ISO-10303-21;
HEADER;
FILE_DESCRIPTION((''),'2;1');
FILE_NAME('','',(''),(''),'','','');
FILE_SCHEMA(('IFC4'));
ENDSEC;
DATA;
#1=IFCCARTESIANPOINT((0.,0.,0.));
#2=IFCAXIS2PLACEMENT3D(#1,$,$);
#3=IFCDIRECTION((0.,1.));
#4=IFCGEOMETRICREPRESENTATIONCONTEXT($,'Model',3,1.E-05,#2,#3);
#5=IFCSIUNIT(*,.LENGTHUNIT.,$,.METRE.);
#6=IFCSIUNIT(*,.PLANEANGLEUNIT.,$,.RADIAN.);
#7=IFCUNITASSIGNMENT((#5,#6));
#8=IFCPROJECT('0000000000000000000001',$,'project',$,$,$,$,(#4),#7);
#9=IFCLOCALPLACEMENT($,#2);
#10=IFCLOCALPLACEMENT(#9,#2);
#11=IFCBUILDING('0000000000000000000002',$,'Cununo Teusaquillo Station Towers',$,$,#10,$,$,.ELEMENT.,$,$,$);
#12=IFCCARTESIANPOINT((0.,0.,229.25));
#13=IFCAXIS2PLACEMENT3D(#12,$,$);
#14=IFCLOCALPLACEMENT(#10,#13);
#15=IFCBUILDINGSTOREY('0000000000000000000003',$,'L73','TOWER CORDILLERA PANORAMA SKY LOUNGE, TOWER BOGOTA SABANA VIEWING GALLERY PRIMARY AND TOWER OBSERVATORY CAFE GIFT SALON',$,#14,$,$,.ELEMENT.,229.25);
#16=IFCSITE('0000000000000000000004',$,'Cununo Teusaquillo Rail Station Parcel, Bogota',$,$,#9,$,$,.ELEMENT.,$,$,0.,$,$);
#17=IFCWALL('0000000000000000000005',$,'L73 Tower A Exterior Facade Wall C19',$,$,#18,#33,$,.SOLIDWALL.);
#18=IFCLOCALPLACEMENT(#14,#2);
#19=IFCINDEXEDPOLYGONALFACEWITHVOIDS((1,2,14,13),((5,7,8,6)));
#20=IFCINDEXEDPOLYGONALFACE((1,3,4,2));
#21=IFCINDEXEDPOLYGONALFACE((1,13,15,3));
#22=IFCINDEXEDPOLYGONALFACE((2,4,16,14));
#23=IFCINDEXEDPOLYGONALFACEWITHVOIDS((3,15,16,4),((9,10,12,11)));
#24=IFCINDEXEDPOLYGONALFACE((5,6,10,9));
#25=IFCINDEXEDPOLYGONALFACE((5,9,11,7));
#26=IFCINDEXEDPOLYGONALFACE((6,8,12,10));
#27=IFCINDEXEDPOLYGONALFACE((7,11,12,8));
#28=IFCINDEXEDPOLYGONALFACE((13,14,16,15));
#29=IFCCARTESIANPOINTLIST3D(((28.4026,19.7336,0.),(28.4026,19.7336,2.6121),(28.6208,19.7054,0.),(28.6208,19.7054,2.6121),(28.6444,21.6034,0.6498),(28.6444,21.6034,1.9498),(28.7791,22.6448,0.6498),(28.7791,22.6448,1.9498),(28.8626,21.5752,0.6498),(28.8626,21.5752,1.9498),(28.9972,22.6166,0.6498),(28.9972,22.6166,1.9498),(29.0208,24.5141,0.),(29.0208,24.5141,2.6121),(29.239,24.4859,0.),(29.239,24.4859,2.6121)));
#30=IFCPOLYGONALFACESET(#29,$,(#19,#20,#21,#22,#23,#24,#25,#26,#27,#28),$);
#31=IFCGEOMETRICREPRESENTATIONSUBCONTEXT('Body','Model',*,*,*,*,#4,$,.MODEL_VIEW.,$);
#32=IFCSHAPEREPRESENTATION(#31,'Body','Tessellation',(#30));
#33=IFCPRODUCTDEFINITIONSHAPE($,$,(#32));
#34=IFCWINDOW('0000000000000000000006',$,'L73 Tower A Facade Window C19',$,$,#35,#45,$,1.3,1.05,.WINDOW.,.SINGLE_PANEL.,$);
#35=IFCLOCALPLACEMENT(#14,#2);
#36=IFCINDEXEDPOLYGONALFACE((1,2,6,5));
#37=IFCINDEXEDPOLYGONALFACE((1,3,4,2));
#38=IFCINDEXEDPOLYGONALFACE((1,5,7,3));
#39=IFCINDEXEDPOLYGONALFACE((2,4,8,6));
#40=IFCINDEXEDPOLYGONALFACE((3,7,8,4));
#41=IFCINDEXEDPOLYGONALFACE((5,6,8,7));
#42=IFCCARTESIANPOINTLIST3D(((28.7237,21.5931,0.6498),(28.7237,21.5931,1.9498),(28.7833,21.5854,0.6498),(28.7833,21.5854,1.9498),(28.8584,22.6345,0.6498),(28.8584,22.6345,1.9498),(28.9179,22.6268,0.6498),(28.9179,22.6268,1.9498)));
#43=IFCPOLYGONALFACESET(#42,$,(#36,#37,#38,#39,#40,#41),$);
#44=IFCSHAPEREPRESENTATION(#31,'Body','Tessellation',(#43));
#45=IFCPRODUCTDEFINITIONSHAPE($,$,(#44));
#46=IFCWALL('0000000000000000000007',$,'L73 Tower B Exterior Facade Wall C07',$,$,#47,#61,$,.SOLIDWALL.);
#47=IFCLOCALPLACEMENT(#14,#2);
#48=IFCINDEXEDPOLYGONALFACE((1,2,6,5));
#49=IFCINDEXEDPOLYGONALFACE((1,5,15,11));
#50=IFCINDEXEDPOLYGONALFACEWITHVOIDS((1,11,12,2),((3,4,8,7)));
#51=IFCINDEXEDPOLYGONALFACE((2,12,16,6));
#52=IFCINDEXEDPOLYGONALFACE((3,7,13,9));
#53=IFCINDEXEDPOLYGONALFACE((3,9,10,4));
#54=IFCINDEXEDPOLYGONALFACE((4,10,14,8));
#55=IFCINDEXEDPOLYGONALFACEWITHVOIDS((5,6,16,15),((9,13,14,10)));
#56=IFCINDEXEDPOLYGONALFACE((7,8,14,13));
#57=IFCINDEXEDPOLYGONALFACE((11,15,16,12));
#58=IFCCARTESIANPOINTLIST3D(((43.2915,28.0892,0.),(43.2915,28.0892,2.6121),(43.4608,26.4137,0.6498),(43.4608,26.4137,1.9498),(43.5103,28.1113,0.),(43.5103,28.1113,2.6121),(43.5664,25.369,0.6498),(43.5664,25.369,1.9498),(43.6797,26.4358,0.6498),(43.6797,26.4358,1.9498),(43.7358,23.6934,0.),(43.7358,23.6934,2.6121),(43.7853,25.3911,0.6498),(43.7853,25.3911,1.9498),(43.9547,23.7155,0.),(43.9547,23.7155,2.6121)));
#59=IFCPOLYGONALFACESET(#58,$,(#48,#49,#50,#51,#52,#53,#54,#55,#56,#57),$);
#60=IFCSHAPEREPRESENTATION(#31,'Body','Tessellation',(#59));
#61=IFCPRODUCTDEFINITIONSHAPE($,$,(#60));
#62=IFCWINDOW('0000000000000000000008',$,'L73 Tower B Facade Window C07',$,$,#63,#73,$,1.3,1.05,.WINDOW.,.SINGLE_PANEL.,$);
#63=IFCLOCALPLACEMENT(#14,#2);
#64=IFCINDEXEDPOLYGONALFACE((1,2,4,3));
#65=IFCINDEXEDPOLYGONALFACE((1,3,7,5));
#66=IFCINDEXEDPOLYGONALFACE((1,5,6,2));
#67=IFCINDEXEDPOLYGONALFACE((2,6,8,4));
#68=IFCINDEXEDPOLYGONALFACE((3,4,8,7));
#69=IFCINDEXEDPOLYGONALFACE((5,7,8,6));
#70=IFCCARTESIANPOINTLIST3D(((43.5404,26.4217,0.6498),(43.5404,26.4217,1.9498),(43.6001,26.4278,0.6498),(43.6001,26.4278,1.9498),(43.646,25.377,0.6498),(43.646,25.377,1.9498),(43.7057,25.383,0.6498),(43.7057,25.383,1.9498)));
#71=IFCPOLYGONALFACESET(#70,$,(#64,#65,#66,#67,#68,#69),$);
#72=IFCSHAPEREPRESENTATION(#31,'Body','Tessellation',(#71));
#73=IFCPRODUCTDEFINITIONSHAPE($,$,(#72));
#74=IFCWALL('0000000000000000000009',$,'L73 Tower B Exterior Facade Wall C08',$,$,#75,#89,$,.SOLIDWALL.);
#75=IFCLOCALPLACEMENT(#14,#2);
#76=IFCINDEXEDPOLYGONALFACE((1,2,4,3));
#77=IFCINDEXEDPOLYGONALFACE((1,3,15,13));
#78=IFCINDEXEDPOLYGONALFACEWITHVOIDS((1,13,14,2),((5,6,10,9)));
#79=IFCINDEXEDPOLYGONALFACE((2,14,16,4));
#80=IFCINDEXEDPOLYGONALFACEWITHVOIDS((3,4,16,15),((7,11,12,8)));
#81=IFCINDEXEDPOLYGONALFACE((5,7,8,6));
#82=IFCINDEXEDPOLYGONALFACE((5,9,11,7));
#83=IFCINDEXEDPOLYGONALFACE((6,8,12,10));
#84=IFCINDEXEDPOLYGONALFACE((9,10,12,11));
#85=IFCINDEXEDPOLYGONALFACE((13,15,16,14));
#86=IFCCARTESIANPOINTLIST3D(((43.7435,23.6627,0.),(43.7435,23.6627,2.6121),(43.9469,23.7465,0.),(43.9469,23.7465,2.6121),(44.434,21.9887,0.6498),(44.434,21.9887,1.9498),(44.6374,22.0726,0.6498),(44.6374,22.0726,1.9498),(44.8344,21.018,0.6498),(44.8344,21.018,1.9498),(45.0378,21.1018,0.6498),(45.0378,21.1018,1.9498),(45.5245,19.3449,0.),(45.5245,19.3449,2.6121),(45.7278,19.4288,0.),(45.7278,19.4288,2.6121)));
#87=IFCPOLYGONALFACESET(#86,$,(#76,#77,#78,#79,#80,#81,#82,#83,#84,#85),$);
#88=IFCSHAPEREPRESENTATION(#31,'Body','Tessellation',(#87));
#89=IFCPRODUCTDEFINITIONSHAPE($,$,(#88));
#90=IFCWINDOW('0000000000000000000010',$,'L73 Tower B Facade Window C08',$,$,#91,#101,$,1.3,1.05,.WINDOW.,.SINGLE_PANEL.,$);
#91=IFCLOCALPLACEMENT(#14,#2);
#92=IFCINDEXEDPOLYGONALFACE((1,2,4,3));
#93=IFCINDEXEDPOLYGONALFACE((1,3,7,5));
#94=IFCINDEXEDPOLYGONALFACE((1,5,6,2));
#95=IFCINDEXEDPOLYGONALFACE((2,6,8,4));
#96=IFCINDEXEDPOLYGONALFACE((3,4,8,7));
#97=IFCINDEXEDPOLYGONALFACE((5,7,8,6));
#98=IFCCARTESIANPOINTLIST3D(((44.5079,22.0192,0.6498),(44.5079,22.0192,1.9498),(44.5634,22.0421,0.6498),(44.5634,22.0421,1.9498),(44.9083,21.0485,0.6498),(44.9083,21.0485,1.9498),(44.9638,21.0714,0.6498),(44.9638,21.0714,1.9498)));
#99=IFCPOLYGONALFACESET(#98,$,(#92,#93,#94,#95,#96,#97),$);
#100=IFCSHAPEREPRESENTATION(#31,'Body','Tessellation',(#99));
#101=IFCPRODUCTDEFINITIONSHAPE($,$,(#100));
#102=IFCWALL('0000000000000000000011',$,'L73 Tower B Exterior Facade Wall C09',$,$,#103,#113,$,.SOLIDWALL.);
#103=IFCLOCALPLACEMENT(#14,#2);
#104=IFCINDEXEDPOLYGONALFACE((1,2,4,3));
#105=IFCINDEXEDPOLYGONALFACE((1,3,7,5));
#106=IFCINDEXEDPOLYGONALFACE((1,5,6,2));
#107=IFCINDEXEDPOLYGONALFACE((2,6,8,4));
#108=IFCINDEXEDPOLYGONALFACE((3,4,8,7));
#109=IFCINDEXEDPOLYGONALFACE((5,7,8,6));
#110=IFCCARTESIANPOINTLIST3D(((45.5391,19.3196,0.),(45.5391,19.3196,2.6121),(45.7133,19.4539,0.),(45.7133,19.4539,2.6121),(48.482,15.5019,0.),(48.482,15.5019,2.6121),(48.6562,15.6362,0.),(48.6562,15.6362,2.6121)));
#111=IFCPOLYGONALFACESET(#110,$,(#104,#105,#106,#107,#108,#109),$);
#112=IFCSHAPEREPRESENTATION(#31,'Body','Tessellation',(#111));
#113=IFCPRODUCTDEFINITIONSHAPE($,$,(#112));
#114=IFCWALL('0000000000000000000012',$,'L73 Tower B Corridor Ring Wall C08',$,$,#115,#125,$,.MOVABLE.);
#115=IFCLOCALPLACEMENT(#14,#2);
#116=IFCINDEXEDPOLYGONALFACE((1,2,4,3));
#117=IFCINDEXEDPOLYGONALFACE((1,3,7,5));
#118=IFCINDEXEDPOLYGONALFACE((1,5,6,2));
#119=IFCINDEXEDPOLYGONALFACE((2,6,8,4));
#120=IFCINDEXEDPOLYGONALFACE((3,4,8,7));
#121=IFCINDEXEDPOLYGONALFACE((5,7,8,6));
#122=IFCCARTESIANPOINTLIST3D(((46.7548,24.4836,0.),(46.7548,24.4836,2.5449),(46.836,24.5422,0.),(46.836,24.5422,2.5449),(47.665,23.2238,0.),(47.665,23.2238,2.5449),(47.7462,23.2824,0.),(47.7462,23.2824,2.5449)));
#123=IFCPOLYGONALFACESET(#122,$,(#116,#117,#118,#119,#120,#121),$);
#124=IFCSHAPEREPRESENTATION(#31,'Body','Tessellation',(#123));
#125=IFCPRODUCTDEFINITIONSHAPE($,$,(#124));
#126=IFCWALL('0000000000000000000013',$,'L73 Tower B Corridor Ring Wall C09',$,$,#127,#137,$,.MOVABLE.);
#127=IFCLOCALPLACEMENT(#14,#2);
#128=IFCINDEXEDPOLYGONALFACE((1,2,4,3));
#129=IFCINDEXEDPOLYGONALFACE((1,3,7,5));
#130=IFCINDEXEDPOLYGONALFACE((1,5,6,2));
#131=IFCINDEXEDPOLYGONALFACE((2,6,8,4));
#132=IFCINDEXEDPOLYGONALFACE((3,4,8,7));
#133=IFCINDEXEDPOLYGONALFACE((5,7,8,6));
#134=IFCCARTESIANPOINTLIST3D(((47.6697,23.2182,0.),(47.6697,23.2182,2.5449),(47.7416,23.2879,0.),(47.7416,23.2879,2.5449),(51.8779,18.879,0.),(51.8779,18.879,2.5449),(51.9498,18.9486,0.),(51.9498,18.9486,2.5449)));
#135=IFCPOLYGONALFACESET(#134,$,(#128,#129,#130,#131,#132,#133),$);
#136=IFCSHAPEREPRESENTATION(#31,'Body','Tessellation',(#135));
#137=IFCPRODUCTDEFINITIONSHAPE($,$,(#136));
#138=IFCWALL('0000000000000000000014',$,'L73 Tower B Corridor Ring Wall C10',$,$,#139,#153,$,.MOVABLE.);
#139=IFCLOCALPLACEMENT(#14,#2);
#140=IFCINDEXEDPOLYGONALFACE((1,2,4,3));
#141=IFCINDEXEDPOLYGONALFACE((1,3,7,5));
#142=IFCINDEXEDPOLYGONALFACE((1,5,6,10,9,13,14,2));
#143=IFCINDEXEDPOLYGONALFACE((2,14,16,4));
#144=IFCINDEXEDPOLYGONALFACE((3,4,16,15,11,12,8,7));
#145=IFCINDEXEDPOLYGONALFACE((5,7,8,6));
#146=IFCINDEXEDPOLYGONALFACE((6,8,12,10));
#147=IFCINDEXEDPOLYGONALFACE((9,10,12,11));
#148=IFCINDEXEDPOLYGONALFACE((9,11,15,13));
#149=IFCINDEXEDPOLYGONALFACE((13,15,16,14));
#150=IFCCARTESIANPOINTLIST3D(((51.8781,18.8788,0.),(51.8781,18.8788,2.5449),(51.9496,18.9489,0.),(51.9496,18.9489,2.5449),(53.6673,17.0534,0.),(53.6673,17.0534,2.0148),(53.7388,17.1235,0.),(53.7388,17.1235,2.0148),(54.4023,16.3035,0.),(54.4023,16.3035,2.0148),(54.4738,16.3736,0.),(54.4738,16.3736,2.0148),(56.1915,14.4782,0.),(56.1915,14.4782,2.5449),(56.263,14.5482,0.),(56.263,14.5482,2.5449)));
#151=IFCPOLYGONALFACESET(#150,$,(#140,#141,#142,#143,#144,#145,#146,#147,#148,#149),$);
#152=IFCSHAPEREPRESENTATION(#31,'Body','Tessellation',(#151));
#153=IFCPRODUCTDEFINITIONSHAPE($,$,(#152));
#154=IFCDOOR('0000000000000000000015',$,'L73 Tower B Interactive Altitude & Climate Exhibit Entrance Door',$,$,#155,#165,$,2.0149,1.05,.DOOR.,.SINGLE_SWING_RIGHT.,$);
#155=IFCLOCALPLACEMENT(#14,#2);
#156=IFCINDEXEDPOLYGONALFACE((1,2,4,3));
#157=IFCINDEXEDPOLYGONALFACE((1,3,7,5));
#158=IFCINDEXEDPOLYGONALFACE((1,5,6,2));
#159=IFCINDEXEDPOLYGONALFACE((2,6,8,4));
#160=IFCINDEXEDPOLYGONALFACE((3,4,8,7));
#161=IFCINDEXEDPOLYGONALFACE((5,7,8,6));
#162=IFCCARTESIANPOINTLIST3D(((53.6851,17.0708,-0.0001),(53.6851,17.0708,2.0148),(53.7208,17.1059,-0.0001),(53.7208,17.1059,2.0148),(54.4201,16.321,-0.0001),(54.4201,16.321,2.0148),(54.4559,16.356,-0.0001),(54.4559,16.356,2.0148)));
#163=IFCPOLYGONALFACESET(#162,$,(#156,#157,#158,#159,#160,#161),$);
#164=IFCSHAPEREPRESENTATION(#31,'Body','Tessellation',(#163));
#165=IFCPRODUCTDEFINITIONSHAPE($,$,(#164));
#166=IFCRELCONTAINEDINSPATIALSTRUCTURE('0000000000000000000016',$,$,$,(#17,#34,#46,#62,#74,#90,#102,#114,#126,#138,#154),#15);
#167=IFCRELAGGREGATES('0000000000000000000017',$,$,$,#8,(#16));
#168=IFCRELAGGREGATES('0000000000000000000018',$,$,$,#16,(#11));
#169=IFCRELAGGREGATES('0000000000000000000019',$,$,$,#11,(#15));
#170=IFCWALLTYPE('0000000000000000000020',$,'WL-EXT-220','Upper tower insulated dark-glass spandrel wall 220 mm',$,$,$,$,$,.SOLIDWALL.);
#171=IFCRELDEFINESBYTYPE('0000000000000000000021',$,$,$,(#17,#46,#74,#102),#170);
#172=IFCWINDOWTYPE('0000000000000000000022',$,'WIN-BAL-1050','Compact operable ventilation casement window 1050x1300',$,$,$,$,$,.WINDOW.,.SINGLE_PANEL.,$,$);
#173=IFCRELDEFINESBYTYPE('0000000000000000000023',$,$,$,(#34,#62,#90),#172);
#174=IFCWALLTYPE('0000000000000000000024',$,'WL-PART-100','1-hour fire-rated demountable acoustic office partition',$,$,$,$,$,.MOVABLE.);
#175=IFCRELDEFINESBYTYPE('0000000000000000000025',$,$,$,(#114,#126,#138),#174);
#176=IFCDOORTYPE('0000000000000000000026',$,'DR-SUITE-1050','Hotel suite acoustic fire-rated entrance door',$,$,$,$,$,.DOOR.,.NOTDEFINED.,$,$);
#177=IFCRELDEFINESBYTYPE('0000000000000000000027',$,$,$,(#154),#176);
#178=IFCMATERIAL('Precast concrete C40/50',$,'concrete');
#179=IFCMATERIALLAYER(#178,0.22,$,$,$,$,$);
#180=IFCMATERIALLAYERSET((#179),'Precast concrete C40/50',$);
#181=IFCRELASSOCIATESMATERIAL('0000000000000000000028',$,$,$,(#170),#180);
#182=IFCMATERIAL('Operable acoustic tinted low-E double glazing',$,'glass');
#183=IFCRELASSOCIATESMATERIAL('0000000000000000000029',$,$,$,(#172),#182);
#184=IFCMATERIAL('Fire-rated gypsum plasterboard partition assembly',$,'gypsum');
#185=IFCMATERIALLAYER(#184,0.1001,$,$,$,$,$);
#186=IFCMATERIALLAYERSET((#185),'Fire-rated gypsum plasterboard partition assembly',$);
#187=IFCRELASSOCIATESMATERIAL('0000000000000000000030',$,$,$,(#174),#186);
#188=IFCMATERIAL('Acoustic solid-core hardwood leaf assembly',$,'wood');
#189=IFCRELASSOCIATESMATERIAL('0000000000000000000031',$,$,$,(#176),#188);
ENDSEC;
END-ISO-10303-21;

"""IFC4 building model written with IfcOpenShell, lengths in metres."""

from ifc_helpers import new_model, si_unit, direction, frame, frame_2d, origin, place, context, subcontext, project, spatial, rectangle, extrude, source, transform, mapped, material, layer, layer_set, type_object, element, fill, save


model = new_model("IFC4")

# Units and contexts
model_context = context("Model", 3, precision=1e-05, world=origin(), true_north=direction((0.0, 1.0)))
body_context = subcontext(model_context, "Body", "Model", "MODEL_VIEW")
ifc_project = project(units=[si_unit("LENGTHUNIT", "METRE"), si_unit("PLANEANGLEUNIT", "RADIAN")], contexts=[model_context])

# Site, building, storey
site_placement = place(None, origin())
site = spatial("IfcSite", under=ifc_project, at=site_placement, Name="Cununo Teusaquillo Rail Station Parcel, Bogota", CompositionType="ELEMENT", RefElevation=0.0)
building_placement = place(site_placement, origin())
building = spatial("IfcBuilding", under=site, at=building_placement, Name="Cununo Teusaquillo Station Towers", CompositionType="ELEMENT")
storey_placement = place(building_placement, frame((0.0, 0.0, 229.25)))
storey = spatial("IfcBuildingStorey", under=building, at=storey_placement, Name="L73", Description="TOWER CORDILLERA PANORAMA SKY LOUNGE, TOWER BOGOTA SABANA VIEWING GALLERY PRIMARY AND TOWER OBSERVATORY CAFE GIFT SALON", CompositionType="ELEMENT", Elevation=229.25)

# Shared definitions
ifc_material_1 = material(Name="Precast concrete C40/50", Category="concrete")
ifc_layer_1 = layer(ifc_material_1, 0.22)
ifc_layer_set_1 = layer_set([ifc_layer_1], Name="Precast concrete C40/50")
wall_type_1 = type_object("IfcWallType", Name="WL-EXT-220", Description="Upper tower insulated dark-glass spandrel wall 220 mm", PredefinedType="SOLIDWALL", material=ifc_layer_set_1)

# Walls, openings, windows
wall_1_placement = place(storey_placement, frame((29.1299, 24.5, 0.0), z_axis=(0.0, 0.0, 1.0), x_axis=(-0.128241, -0.991743, 0.0)))
wall_1 = element("IfcWall", 1, at=wall_1_placement, inside=storey, type_object=wall_type_1, Name="L73 Tower A Exterior Facade Wall C19", PredefinedType="SOLIDWALL", context=body_context, shape_type="SweptSolid", body=[
    extrude(rectangle(XDim=4.8203, YDim=0.22, at=frame_2d((2.4102, 0.0))), origin(), (0.0, 0.0, 1.0), 2.6121),
])
shared_shape_1 = source(origin(), body_context, "Body", "SweptSolid", [
    extrude(rectangle(XDim=1.05, YDim=1.3, at=frame_2d((0.5249, 0.6499))), frame((0.0, 0.1199, 0.0), z_axis=(0.0, -1.0, 0.0), x_axis=(1.0, 0.0, 0.0)), (0.0, 0.0, 1.0), 0.24),
])
opening_1_placement = place(wall_1_placement, frame((1.885, 0.0, 0.6499)))
opening_1 = element("IfcOpeningElement", 2, at=opening_1_placement, cuts=wall_1, PredefinedType="OPENING", context=body_context, shape_type="MappedRepresentation", body=[
    mapped(shared_shape_1, transform((0.0, 0.0, 0.0), x_axis=(1.0, 0.0, 0.0), y_axis=(0.0, 1.0, 0.0), z_axis=(0.0, 0.0, 1.0), scale=1.0)),
])
ifc_material_2 = material(Name="Operable acoustic tinted low-E double glazing", Category="glass")
window_type = type_object("IfcWindowType", Name="WIN-BAL-1050", Description="Compact operable ventilation casement window 1050x1300", PartitioningType="SINGLE_PANEL", PredefinedType="WINDOW", material=ifc_material_2)
shared_shape_2 = source(origin(), body_context, "Body", "SweptSolid", [
    extrude(rectangle(XDim=1.05, YDim=1.3, at=frame_2d((0.5249, 0.6499))), frame((0.0, 0.03, 0.0), z_axis=(0.0, -1.0, 0.0), x_axis=(1.0, 0.0, 0.0)), (0.0, 0.0, 1.0), 0.0601),
])
window_1_placement = place(opening_1_placement, origin())
window_1 = element("IfcWindow", 3, at=window_1_placement, inside=storey, type_object=window_type, Name="L73 Tower A Facade Window C19", OverallHeight=1.3, OverallWidth=1.05, PartitioningType="SINGLE_PANEL", PredefinedType="WINDOW", context=body_context, shape_type="MappedRepresentation", body=[
    mapped(shared_shape_2, transform((0.0, 0.0, 0.0), x_axis=(1.0, 0.0, 0.0), y_axis=(0.0, 1.0, 0.0), z_axis=(0.0, 0.0, 1.0), scale=1.0)),
])
fill(opening_1, window_1)
wall_2_placement = place(storey_placement, frame((43.8452, 23.7046, 0.0), z_axis=(0.0, 0.0, 1.0), x_axis=(-0.100571, 0.99493, 0.0)))
wall_2 = element("IfcWall", 4, at=wall_2_placement, inside=storey, type_object=wall_type_1, Name="L73 Tower B Exterior Facade Wall C07", PredefinedType="SOLIDWALL", context=body_context, shape_type="SweptSolid", body=[
    extrude(rectangle(XDim=4.4182, YDim=0.22, at=frame_2d((2.209, 0.0))), origin(), (0.0, 0.0, 1.0), 2.6121),
])
opening_2_placement = place(wall_2_placement, frame((1.6841, 0.0, 0.6499)))
opening_2 = element("IfcOpeningElement", 5, at=opening_2_placement, cuts=wall_2, PredefinedType="OPENING", context=body_context, shape_type="MappedRepresentation", body=[
    mapped(shared_shape_1, transform((0.0, 0.0, 0.0), x_axis=(1.0, 0.0, 0.0), y_axis=(0.0, 1.0, 0.0), z_axis=(0.0, 0.0, 1.0), scale=1.0)),
])
window_2_placement = place(opening_2_placement, origin())
window_2 = element("IfcWindow", 6, at=window_2_placement, inside=storey, type_object=window_type, Name="L73 Tower B Facade Window C07", OverallHeight=1.3, OverallWidth=1.05, PartitioningType="SINGLE_PANEL", PredefinedType="WINDOW", context=body_context, shape_type="MappedRepresentation", body=[
    mapped(shared_shape_2, transform((0.0, 0.0, 0.0), x_axis=(1.0, 0.0, 0.0), y_axis=(0.0, 1.0, 0.0), z_axis=(0.0, 0.0, 1.0), scale=1.0)),
])
fill(opening_2, window_2)
wall_3_placement = place(storey_placement, frame((45.6262, 19.3867, 0.0), z_axis=(0.0, 0.0, 1.0), x_axis=(-0.38131, 0.924447, 0.0)))
wall_3 = element("IfcWall", 7, at=wall_3_placement, inside=storey, type_object=wall_type_1, Name="L73 Tower B Exterior Facade Wall C08", PredefinedType="SOLIDWALL", context=body_context, shape_type="SweptSolid", body=[
    extrude(rectangle(XDim=4.6707, YDim=0.22, at=frame_2d((2.3354, 0.0))), origin(), (0.0, 0.0, 1.0), 2.6121),
])
opening_3_placement = place(wall_3_placement, frame((1.8101, 0.0, 0.6499)))
opening_3 = element("IfcOpeningElement", 8, at=opening_3_placement, cuts=wall_3, PredefinedType="OPENING", context=body_context, shape_type="MappedRepresentation", body=[
    mapped(shared_shape_1, transform((0.0, 0.0, 0.0), x_axis=(1.0, 0.0, 0.0), y_axis=(0.0, 1.0, 0.0), z_axis=(0.0, 0.0, 1.0), scale=1.0)),
])
window_3_placement = place(opening_3_placement, origin())
window_3 = element("IfcWindow", 9, at=window_3_placement, inside=storey, type_object=window_type, Name="L73 Tower B Facade Window C08", OverallHeight=1.3, OverallWidth=1.05, PartitioningType="SINGLE_PANEL", PredefinedType="WINDOW", context=body_context, shape_type="MappedRepresentation", body=[
    mapped(shared_shape_2, transform((0.0, 0.0, 0.0), x_axis=(1.0, 0.0, 0.0), y_axis=(0.0, 1.0, 0.0), z_axis=(0.0, 0.0, 1.0), scale=1.0)),
])
fill(opening_3, window_3)

# Walls
wall_4_placement = place(storey_placement, frame((48.5691, 15.5691, 0.0), z_axis=(0.0, 0.0, 1.0), x_axis=(-0.610523, 0.791998, 0.0)))
element("IfcWall", 10, at=wall_4_placement, inside=storey, type_object=wall_type_1, Name="L73 Tower B Exterior Facade Wall C09", PredefinedType="SOLIDWALL", context=body_context, shape_type="SweptSolid", body=[
    extrude(rectangle(XDim=4.8203, YDim=0.22, at=frame_2d((2.4102, 0.0))), origin(), (0.0, 0.0, 1.0), 2.6121),
])
ifc_material_3 = material(Name="Fire-rated gypsum plasterboard partition assembly", Category="gypsum")
ifc_layer_2 = layer(ifc_material_3, 0.1001)
ifc_layer_set_2 = layer_set([ifc_layer_2], Name="Fire-rated gypsum plasterboard partition assembly")
wall_type_2 = type_object("IfcWallType", Name="WL-PART-100", Description="1-hour fire-rated demountable acoustic office partition", PredefinedType="MOVABLE", material=ifc_layer_set_2)
wall_5_placement = place(storey_placement, frame((46.7954, 24.5129, 0.0), z_axis=(0.0, 0.0, 1.0), x_axis=(0.585628, -0.81058, 0.0)))
element("IfcWall", 11, at=wall_5_placement, inside=storey, type_object=wall_type_2, Name="L73 Tower B Corridor Ring Wall C08", PredefinedType="MOVABLE", context=body_context, shape_type="SweptSolid", body=[
    extrude(rectangle(XDim=1.5542, YDim=0.1001, at=frame_2d((0.7771, 0.0))), origin(), (0.0, 0.0, 1.0), 2.5449),
])
wall_6_placement = place(storey_placement, frame((47.7056, 23.2532, 0.0), z_axis=(0.0, 0.0, 1.0), x_axis=(0.696179, -0.717868, 0.0)))
element("IfcWall", 12, at=wall_6_placement, inside=storey, type_object=wall_type_2, Name="L73 Tower B Corridor Ring Wall C09", PredefinedType="MOVABLE", context=body_context, shape_type="SweptSolid", body=[
    extrude(rectangle(XDim=6.0447, YDim=0.1001, at=frame_2d((3.0225, 0.0))), origin(), (0.0, 0.0, 1.0), 2.5449),
])

# Wall, opening, door
wall_7_placement = place(storey_placement, frame((51.9138, 18.9138, 0.0), z_axis=(0.0, 0.0, 1.0), x_axis=(0.699999, -0.714144, 0.0)))
wall_7 = element("IfcWall", 13, at=wall_7_placement, inside=storey, type_object=wall_type_2, Name="L73 Tower B Corridor Ring Wall C10", PredefinedType="MOVABLE", context=body_context, shape_type="SweptSolid", body=[
    extrude(rectangle(XDim=6.1621, YDim=0.1001, at=frame_2d((3.0811, 0.0))), origin(), (0.0, 0.0, 1.0), 2.5449),
])
shared_shape_3 = source(origin(), body_context, "Body", "SweptSolid", [
    extrude(rectangle(XDim=1.05, YDim=2.0149, at=frame_2d((0.5249, 1.0073))), frame((0.0, 0.0601, 0.0), z_axis=(0.0, -1.0, 0.0), x_axis=(1.0, 0.0, 0.0)), (0.0, 0.0, 1.0), 0.1201),
])
opening_4_placement = place(wall_7_placement, frame((2.5562, 0.0, 0.0)))
opening_4 = element("IfcOpeningElement", 14, at=opening_4_placement, cuts=wall_7, PredefinedType="OPENING", context=body_context, shape_type="MappedRepresentation", body=[
    mapped(shared_shape_3, transform((0.0, 0.0, 0.0), x_axis=(1.0, 0.0, 0.0), y_axis=(0.0, 1.0, 0.0), z_axis=(0.0, 0.0, 1.0), scale=1.0)),
])
ifc_material_4 = material(Name="Acoustic solid-core hardwood leaf assembly", Category="wood")
door_type_1 = type_object("IfcDoorType", Name="DR-SUITE-1050", Description="Hotel suite acoustic fire-rated entrance door", OperationType="NOTDEFINED", PredefinedType="DOOR", material=ifc_material_4)
shared_shape_4 = source(origin(), body_context, "Body", "SweptSolid", [
    extrude(rectangle(XDim=1.05, YDim=2.0149, at=frame_2d((0.5249, 1.0073))), frame((0.0, 0.0249, 0.0), z_axis=(0.0, -1.0, 0.0), x_axis=(1.0, 0.0, 0.0)), (0.0, 0.0, 1.0), 0.05),
])
door_1_placement = place(opening_4_placement, origin())
door_1 = element("IfcDoor", 15, at=door_1_placement, inside=storey, type_object=door_type_1, Name="L73 Tower B Interactive Altitude & Climate Exhibit Entrance Door", OperationType="SINGLE_SWING_RIGHT", OverallHeight=2.0149, OverallWidth=1.05, PredefinedType="DOOR", context=body_context, shape_type="MappedRepresentation", body=[
    mapped(shared_shape_4, transform((0.0, 0.0, 0.0), x_axis=(1.0, 0.0, 0.0), y_axis=(0.0, 1.0, 0.0), z_axis=(0.0, 0.0, 1.0), scale=1.0)),
])
fill(opening_4, door_1)

save(model, "model.ifc")
